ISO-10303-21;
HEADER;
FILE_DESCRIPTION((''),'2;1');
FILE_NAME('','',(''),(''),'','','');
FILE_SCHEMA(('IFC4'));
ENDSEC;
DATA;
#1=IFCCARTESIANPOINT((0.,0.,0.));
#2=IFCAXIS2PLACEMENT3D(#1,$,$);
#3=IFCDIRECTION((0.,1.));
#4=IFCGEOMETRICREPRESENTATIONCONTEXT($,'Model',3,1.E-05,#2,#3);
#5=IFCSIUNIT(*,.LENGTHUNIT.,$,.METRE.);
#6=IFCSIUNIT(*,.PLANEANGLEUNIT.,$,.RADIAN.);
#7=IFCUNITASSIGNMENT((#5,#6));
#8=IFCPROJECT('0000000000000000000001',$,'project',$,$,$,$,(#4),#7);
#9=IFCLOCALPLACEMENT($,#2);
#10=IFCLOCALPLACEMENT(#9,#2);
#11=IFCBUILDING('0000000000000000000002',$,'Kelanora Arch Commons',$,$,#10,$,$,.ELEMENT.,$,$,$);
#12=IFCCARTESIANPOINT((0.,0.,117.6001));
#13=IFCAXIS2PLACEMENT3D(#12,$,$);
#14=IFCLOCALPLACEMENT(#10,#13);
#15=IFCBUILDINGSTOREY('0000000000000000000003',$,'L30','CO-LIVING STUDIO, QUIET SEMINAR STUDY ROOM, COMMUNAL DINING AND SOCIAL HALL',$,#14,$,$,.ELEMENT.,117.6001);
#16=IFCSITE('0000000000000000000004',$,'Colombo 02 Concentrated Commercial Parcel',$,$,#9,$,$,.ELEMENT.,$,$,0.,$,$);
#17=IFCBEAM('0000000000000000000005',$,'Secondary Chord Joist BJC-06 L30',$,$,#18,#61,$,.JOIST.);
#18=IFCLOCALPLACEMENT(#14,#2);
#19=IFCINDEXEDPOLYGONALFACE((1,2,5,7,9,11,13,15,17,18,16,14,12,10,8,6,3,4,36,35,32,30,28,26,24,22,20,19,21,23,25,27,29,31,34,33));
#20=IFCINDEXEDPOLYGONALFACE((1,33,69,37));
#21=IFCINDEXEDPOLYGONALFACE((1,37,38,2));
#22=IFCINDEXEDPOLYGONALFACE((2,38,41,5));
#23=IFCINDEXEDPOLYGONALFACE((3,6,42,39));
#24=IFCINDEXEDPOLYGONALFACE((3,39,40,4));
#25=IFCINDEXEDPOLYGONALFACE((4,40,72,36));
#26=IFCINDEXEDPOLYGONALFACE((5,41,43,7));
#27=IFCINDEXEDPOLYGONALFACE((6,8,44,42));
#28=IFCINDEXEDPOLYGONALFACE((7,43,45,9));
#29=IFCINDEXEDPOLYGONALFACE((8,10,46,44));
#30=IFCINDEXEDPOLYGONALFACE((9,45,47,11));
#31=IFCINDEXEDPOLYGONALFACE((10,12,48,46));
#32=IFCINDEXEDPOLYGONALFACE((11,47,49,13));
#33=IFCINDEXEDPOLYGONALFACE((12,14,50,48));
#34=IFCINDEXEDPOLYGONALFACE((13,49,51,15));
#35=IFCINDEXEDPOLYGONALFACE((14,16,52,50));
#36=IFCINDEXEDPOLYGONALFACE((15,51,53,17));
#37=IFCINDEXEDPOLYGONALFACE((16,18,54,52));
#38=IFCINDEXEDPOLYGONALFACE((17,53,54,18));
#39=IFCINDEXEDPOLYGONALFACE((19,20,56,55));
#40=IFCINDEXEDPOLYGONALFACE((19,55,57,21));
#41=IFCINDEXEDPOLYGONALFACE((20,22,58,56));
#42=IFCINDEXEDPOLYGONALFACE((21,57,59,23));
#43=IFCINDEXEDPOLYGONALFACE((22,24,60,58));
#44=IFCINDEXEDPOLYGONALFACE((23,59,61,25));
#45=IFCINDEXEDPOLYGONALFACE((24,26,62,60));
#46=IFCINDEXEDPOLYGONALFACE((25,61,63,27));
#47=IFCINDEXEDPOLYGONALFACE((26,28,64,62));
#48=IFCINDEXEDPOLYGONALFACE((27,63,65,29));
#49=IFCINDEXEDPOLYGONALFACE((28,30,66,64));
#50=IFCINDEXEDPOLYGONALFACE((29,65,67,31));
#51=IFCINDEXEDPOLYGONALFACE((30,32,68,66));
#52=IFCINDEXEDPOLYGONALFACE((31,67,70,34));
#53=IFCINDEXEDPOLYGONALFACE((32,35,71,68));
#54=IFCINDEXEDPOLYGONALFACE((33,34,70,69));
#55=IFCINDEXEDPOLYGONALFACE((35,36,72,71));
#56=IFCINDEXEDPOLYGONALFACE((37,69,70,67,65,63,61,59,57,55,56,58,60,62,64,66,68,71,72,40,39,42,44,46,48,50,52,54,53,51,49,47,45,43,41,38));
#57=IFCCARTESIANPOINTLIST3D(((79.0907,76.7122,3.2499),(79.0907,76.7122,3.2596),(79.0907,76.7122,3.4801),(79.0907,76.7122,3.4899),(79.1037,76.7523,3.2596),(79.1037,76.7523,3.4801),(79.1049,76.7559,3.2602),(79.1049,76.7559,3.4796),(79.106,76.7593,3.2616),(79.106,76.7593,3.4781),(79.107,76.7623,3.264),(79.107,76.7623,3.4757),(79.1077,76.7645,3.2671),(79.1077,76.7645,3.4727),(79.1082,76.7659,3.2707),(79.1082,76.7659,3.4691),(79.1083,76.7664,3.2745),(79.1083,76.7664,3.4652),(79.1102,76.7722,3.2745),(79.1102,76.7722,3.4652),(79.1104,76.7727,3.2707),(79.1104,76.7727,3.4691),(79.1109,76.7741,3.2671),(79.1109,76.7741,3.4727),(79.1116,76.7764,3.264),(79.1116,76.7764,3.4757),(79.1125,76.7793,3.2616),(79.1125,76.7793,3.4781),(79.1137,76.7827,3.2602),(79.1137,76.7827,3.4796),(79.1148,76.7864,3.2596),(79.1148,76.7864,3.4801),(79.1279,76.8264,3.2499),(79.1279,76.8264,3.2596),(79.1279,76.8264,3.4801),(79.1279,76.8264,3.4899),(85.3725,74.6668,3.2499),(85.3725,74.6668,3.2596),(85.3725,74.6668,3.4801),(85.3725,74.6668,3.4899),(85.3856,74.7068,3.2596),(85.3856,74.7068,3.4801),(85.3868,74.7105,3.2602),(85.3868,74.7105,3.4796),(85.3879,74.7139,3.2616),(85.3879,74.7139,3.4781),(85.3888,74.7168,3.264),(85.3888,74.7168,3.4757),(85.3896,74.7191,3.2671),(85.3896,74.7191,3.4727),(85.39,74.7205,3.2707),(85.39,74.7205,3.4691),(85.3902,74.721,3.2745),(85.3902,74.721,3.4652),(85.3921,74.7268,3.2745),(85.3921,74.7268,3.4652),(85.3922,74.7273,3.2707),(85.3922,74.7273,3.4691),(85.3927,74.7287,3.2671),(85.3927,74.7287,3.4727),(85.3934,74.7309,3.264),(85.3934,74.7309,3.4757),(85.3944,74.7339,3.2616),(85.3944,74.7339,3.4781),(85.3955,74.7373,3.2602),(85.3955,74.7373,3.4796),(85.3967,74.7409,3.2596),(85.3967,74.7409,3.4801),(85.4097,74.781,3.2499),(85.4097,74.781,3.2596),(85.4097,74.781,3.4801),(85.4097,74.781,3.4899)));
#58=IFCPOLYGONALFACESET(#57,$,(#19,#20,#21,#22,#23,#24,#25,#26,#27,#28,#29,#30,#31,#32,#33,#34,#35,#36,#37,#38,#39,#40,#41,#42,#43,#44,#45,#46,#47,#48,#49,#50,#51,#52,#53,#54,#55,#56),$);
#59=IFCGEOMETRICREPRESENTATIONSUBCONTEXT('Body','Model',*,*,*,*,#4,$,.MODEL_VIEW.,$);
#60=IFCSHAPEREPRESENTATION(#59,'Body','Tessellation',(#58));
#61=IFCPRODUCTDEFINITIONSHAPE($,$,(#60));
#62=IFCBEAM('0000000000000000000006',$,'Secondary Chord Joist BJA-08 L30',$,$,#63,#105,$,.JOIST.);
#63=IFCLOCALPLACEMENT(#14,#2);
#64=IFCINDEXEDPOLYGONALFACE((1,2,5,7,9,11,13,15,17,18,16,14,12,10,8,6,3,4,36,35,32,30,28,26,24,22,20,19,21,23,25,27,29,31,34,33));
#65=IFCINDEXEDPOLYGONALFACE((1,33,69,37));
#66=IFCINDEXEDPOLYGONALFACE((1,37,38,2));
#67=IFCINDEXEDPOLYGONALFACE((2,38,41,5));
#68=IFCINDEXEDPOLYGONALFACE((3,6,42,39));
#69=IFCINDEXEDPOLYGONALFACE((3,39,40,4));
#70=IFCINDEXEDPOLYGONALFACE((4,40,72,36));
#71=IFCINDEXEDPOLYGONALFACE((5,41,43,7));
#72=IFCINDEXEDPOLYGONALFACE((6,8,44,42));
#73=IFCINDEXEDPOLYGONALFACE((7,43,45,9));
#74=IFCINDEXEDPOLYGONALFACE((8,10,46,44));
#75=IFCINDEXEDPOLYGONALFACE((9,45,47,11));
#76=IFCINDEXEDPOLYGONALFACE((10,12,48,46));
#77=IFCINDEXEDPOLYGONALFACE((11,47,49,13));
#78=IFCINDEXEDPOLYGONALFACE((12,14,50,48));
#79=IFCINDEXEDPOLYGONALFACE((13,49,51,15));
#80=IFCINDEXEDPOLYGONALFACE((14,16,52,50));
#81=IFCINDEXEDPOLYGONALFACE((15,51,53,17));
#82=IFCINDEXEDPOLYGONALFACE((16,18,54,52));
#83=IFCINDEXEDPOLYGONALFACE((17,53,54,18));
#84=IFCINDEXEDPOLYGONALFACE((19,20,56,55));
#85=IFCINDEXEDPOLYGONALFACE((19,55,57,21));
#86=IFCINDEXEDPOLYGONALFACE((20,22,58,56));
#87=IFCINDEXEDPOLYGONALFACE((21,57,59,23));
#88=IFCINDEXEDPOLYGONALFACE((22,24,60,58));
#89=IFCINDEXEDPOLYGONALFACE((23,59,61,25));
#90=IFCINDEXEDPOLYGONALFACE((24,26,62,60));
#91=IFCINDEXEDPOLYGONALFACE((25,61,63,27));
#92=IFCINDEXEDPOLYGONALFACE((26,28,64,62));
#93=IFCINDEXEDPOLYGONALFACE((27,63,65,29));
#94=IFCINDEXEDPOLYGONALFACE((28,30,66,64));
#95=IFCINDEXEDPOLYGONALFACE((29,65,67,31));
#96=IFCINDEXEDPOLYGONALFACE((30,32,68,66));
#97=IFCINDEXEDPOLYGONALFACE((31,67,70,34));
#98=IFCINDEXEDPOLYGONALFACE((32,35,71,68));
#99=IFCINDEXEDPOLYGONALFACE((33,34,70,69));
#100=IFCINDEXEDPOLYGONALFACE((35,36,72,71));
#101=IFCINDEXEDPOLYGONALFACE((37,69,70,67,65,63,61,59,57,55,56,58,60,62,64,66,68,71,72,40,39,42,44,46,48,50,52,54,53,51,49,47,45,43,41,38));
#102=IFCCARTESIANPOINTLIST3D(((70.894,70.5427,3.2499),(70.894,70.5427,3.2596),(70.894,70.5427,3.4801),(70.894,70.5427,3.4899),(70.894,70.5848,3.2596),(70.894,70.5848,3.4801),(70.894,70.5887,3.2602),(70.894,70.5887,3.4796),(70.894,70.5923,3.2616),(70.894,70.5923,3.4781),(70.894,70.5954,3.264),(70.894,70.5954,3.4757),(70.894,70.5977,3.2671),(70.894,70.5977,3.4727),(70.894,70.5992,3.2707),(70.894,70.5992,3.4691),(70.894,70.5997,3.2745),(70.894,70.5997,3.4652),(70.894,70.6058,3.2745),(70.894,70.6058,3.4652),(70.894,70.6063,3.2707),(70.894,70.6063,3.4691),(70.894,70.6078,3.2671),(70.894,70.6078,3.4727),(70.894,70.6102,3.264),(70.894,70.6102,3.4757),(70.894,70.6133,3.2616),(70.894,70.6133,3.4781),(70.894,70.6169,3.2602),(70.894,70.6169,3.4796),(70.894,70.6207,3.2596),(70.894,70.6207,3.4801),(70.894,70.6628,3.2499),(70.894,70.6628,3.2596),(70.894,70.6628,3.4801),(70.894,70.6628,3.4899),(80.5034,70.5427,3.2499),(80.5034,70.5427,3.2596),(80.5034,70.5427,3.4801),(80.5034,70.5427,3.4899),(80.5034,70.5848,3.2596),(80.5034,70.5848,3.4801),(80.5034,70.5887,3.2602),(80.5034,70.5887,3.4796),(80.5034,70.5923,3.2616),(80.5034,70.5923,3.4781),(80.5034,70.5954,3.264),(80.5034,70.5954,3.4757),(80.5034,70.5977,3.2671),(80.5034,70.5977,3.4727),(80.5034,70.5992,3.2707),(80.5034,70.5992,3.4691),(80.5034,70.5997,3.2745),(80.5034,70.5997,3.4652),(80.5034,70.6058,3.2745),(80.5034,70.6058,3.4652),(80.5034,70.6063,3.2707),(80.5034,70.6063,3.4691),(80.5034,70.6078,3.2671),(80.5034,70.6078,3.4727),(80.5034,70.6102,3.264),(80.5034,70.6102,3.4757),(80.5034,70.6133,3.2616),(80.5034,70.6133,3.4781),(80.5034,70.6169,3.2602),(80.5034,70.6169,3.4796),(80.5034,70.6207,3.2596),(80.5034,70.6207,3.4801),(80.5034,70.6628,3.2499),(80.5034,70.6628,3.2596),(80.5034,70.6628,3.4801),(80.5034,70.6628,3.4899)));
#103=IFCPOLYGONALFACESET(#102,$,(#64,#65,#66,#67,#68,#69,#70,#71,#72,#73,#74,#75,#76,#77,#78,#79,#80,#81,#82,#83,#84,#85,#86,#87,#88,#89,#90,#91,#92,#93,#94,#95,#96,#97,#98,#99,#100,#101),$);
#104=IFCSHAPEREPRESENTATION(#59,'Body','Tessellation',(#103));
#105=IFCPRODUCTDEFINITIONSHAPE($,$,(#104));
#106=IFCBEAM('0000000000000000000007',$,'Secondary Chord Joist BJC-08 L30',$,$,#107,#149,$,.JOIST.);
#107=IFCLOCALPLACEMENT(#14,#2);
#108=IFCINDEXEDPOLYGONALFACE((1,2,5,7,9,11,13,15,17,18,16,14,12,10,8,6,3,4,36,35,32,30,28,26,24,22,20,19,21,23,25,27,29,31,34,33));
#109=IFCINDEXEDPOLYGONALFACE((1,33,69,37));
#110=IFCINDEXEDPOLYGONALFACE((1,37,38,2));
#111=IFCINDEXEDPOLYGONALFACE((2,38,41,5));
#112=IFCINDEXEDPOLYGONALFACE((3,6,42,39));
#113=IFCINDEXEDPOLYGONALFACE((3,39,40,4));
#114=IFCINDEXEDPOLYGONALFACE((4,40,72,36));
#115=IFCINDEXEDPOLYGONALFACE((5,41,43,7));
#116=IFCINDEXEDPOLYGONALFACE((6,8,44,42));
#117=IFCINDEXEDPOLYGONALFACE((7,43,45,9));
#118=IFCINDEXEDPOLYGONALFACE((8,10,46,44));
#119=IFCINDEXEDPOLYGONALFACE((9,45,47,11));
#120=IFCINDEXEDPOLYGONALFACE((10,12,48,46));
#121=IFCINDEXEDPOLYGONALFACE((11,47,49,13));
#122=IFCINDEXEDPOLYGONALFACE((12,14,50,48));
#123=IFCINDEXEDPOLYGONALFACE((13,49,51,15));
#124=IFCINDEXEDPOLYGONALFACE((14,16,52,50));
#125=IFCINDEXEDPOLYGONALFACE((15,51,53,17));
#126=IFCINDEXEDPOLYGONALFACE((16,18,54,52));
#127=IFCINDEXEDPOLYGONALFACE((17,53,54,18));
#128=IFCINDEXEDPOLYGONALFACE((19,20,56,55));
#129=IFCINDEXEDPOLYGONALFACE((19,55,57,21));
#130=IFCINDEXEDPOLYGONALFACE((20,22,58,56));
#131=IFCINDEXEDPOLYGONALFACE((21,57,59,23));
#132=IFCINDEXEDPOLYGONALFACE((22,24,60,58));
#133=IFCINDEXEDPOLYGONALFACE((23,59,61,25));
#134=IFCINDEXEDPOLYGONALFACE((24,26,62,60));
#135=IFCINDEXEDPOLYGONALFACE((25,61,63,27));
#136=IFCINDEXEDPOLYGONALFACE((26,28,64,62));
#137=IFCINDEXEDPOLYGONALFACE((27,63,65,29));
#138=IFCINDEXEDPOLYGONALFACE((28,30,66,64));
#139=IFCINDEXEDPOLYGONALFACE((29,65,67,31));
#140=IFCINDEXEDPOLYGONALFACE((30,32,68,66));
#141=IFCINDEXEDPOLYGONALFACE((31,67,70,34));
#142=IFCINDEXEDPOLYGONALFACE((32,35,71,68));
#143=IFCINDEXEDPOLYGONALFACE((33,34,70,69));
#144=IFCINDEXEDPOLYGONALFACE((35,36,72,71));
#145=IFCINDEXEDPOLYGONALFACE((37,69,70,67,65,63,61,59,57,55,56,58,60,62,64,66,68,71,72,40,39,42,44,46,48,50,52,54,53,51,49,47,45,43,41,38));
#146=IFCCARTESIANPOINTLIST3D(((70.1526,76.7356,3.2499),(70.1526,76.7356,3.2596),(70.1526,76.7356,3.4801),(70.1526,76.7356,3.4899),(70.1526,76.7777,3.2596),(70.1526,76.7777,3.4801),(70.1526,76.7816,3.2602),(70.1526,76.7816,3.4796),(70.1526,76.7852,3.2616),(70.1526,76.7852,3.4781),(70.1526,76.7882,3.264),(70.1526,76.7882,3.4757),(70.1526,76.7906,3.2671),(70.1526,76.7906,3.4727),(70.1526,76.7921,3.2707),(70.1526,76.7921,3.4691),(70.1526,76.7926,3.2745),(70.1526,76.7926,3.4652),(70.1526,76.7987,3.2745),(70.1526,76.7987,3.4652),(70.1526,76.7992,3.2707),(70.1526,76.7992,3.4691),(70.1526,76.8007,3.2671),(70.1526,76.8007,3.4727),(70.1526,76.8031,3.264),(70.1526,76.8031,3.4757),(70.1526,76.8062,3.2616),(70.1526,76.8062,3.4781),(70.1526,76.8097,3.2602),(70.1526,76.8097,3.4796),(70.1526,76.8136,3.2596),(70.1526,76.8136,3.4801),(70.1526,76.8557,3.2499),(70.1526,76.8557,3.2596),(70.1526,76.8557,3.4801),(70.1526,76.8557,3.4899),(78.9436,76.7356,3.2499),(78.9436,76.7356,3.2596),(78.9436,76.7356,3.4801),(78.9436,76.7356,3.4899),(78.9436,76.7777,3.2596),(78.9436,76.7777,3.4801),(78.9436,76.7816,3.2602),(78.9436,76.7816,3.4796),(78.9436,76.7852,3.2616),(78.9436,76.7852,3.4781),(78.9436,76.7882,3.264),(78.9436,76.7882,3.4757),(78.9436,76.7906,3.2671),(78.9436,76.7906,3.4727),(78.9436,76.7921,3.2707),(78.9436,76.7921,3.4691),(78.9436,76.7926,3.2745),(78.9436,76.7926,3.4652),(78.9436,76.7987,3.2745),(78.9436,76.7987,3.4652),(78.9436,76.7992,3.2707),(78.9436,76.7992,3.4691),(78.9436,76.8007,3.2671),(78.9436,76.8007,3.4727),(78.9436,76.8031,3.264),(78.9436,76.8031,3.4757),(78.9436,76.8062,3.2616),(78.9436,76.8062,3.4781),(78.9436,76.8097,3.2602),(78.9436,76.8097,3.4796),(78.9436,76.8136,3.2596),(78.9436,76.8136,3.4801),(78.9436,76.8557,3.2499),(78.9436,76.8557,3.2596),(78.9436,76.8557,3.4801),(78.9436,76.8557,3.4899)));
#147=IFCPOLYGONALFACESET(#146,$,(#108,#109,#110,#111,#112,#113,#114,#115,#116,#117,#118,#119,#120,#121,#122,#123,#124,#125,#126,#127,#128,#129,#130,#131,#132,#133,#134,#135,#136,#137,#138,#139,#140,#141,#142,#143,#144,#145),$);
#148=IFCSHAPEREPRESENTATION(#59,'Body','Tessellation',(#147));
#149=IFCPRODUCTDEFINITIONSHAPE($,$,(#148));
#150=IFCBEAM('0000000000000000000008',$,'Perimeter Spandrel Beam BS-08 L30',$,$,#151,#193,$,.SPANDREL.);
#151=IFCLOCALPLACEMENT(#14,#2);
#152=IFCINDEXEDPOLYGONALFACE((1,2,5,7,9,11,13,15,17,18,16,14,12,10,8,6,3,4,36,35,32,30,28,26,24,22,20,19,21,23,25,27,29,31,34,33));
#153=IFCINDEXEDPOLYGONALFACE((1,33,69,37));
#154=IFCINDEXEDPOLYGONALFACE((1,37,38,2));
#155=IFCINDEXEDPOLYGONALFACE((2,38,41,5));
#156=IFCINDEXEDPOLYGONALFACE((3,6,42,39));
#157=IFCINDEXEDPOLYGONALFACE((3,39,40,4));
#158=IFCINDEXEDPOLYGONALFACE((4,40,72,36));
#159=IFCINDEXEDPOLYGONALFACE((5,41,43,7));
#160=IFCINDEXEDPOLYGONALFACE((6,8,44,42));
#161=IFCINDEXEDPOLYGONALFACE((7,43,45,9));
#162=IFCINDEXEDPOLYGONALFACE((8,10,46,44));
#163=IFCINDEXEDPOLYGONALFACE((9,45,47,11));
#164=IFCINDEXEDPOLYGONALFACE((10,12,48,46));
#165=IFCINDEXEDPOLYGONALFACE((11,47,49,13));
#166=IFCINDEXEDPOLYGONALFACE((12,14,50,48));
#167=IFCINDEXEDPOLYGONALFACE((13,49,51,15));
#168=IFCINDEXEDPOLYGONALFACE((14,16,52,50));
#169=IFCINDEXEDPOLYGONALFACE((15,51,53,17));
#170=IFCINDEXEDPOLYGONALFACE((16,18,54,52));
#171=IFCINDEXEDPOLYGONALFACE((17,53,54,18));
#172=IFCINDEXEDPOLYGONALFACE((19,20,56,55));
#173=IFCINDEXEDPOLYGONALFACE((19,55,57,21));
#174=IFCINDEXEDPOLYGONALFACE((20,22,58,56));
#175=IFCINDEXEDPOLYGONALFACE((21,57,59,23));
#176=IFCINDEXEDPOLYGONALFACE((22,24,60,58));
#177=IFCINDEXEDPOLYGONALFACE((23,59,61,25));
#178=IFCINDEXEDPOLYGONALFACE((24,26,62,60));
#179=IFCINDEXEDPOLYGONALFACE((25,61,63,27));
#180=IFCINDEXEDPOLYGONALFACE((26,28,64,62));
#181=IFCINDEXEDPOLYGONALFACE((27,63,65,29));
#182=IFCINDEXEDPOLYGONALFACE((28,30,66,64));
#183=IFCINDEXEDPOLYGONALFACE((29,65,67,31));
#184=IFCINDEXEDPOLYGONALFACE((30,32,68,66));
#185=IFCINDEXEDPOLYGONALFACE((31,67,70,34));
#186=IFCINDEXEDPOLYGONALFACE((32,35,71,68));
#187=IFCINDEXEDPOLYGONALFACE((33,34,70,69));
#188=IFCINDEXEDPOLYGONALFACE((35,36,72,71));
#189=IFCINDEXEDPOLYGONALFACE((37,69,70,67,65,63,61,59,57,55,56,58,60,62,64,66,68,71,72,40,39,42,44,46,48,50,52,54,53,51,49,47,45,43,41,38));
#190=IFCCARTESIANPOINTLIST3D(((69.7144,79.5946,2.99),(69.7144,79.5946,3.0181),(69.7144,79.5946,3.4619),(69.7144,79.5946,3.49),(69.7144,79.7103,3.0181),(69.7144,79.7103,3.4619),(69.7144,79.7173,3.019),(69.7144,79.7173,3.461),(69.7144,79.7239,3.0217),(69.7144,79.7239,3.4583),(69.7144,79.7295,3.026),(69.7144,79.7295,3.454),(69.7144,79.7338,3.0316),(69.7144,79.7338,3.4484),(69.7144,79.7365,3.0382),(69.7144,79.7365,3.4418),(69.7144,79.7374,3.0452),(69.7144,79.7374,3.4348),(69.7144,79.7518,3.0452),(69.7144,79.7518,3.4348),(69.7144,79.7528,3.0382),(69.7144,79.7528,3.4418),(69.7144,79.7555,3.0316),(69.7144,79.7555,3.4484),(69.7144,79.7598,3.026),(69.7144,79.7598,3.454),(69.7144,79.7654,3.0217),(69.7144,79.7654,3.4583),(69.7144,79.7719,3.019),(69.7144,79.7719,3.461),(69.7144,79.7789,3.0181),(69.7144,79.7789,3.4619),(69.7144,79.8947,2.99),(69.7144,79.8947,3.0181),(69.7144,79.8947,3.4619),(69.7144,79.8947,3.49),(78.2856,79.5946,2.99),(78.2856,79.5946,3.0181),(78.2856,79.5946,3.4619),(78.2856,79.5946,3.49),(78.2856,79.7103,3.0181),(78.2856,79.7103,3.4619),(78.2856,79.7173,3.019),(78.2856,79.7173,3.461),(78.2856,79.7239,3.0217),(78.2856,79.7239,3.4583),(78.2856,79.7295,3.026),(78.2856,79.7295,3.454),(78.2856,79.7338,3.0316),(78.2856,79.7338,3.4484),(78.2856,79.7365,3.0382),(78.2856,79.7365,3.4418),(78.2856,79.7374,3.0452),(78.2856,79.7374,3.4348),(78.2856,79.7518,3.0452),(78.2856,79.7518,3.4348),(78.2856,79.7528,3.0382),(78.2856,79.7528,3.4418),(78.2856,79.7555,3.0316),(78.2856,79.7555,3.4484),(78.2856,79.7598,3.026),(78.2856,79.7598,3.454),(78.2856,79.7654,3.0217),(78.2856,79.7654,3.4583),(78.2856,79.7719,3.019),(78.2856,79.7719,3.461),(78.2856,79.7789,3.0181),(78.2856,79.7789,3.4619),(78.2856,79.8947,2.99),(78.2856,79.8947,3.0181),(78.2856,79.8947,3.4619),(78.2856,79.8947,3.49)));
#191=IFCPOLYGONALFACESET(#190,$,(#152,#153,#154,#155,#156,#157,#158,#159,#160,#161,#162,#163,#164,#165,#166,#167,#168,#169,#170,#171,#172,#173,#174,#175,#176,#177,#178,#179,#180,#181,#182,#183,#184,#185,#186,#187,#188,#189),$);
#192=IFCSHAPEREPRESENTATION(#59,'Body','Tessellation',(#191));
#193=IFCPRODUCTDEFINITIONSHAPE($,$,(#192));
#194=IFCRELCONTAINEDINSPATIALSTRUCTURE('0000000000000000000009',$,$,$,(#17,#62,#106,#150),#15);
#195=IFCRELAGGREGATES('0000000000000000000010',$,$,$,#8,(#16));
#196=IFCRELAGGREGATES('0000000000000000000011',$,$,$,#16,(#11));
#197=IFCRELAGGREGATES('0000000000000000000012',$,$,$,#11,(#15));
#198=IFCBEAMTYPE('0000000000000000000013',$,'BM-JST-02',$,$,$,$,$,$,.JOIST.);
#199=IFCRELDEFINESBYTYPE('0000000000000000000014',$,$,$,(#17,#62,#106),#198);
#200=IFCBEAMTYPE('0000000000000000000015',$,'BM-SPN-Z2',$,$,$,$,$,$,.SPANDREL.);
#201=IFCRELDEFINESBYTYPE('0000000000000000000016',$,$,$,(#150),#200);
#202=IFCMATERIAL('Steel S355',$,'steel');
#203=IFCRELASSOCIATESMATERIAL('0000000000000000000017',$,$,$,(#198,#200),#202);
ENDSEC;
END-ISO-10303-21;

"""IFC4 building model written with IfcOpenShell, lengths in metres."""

from ifc_helpers import new_model, si_unit, direction, frame, origin, origin_2d, place, context, subcontext, project, spatial, i_section, extrude, material, material_profile, profile_set, type_object, element, save


model = new_model("IFC4")

# Units and contexts
model_context = context("Model", 3, precision=1e-05, world=origin(), true_north=direction((0.0, 1.0)))
body_context = subcontext(model_context, "Body", "Model", "MODEL_VIEW")
ifc_project = project(units=[si_unit("LENGTHUNIT", "METRE"), si_unit("PLANEANGLEUNIT", "RADIAN")], contexts=[model_context])

# Site, building, storey
site_placement = place(None, origin())
site = spatial("IfcSite", under=ifc_project, at=site_placement, Name="Colombo 02 Concentrated Commercial Parcel", CompositionType="ELEMENT", RefElevation=0.0)
building_placement = place(site_placement, origin())
building = spatial("IfcBuilding", under=site, at=building_placement, Name="Kelanora Arch Commons", CompositionType="ELEMENT")
storey_placement = place(building_placement, frame((0.0, 0.0, 117.6001)))
storey = spatial("IfcBuildingStorey", under=building, at=storey_placement, Name="L30", Description="CO-LIVING STUDIO, QUIET SEMINAR STUDY ROOM, COMMUNAL DINING AND SOCIAL HALL", CompositionType="ELEMENT", Elevation=117.6001)

# Beams
ifc_material_1 = material(Name="Steel S355", Category="steel")
ifc_material_profile_1 = material_profile(ifc_material_1, i_section(OverallWidth=0.1201, OverallDepth=0.24, WebThickness=0.0061, FlangeThickness=0.0098, FilletRadius=0.0149, at=origin_2d()), Name="IPE240")
ifc_profile_set_1 = profile_set([ifc_material_profile_1], Name="Steel S355")
beam_type_1 = type_object("IfcBeamType", Name="BM-JST-02", PredefinedType="JOIST", material=ifc_profile_set_1)
beam_1_placement = place(storey_placement, frame((85.3911, 74.7239, 3.3699), z_axis=(-0.950863, 0.309612, 0.0), x_axis=(-0.309612, -0.950863, 0.0)))
element("IfcBeam", 1, at=beam_1_placement, inside=storey, type_object=beam_type_1, Name="Secondary Chord Joist BJC-06 L30", PredefinedType="JOIST", context=body_context, shape_type="SweptSolid", body=[
    extrude(i_section(OverallWidth=0.1201, OverallDepth=0.24, WebThickness=0.0061, FlangeThickness=0.0098, FilletRadius=0.0149, at=origin_2d()), origin(), (0.0, 0.0, 1.0), 6.6064),
])
beam_2_placement = place(storey_placement, frame((80.5034, 70.6028, 3.3699), z_axis=(-1.0, 0.0, 0.0), x_axis=(0.0, -1.0, 0.0)))
element("IfcBeam", 2, at=beam_2_placement, inside=storey, type_object=beam_type_1, Name="Secondary Chord Joist BJA-08 L30", PredefinedType="JOIST", context=body_context, shape_type="SweptSolid", body=[
    extrude(i_section(OverallWidth=0.1201, OverallDepth=0.24, WebThickness=0.0061, FlangeThickness=0.0098, FilletRadius=0.0149, at=origin_2d()), origin(), (0.0, 0.0, 1.0), 9.6094),
])
beam_3_placement = place(storey_placement, frame((78.9436, 76.7957, 3.3699), z_axis=(-1.0, 0.0, 0.0), x_axis=(0.0, -1.0, 0.0)))
element("IfcBeam", 3, at=beam_3_placement, inside=storey, type_object=beam_type_1, Name="Secondary Chord Joist BJC-08 L30", PredefinedType="JOIST", context=body_context, shape_type="SweptSolid", body=[
    extrude(i_section(OverallWidth=0.1201, OverallDepth=0.24, WebThickness=0.0061, FlangeThickness=0.0098, FilletRadius=0.0149, at=origin_2d()), origin(), (0.0, 0.0, 1.0), 8.791),
])
ifc_material_profile_2 = material_profile(ifc_material_1, i_section(OverallWidth=0.3, OverallDepth=0.5, WebThickness=0.0144, FlangeThickness=0.0281, FilletRadius=0.0271, at=origin_2d()), Name="HEB500")
ifc_profile_set_2 = profile_set([ifc_material_profile_2], Name="Steel S355")
beam_type_2 = type_object("IfcBeamType", Name="BM-SPN-Z2", PredefinedType="SPANDREL", material=ifc_profile_set_2)
beam_4_placement = place(storey_placement, frame((78.2856, 79.7446, 3.24), z_axis=(-1.0, 0.0, 0.0), x_axis=(0.0, -1.0, 0.0)))
element("IfcBeam", 4, at=beam_4_placement, inside=storey, type_object=beam_type_2, Name="Perimeter Spandrel Beam BS-08 L30", PredefinedType="SPANDREL", context=body_context, shape_type="SweptSolid", body=[
    extrude(i_section(OverallWidth=0.3, OverallDepth=0.5, WebThickness=0.0144, FlangeThickness=0.0281, FilletRadius=0.0271, at=origin_2d()), origin(), (0.0, 0.0, 1.0), 8.5713),
])

save(model, "model.ifc")
